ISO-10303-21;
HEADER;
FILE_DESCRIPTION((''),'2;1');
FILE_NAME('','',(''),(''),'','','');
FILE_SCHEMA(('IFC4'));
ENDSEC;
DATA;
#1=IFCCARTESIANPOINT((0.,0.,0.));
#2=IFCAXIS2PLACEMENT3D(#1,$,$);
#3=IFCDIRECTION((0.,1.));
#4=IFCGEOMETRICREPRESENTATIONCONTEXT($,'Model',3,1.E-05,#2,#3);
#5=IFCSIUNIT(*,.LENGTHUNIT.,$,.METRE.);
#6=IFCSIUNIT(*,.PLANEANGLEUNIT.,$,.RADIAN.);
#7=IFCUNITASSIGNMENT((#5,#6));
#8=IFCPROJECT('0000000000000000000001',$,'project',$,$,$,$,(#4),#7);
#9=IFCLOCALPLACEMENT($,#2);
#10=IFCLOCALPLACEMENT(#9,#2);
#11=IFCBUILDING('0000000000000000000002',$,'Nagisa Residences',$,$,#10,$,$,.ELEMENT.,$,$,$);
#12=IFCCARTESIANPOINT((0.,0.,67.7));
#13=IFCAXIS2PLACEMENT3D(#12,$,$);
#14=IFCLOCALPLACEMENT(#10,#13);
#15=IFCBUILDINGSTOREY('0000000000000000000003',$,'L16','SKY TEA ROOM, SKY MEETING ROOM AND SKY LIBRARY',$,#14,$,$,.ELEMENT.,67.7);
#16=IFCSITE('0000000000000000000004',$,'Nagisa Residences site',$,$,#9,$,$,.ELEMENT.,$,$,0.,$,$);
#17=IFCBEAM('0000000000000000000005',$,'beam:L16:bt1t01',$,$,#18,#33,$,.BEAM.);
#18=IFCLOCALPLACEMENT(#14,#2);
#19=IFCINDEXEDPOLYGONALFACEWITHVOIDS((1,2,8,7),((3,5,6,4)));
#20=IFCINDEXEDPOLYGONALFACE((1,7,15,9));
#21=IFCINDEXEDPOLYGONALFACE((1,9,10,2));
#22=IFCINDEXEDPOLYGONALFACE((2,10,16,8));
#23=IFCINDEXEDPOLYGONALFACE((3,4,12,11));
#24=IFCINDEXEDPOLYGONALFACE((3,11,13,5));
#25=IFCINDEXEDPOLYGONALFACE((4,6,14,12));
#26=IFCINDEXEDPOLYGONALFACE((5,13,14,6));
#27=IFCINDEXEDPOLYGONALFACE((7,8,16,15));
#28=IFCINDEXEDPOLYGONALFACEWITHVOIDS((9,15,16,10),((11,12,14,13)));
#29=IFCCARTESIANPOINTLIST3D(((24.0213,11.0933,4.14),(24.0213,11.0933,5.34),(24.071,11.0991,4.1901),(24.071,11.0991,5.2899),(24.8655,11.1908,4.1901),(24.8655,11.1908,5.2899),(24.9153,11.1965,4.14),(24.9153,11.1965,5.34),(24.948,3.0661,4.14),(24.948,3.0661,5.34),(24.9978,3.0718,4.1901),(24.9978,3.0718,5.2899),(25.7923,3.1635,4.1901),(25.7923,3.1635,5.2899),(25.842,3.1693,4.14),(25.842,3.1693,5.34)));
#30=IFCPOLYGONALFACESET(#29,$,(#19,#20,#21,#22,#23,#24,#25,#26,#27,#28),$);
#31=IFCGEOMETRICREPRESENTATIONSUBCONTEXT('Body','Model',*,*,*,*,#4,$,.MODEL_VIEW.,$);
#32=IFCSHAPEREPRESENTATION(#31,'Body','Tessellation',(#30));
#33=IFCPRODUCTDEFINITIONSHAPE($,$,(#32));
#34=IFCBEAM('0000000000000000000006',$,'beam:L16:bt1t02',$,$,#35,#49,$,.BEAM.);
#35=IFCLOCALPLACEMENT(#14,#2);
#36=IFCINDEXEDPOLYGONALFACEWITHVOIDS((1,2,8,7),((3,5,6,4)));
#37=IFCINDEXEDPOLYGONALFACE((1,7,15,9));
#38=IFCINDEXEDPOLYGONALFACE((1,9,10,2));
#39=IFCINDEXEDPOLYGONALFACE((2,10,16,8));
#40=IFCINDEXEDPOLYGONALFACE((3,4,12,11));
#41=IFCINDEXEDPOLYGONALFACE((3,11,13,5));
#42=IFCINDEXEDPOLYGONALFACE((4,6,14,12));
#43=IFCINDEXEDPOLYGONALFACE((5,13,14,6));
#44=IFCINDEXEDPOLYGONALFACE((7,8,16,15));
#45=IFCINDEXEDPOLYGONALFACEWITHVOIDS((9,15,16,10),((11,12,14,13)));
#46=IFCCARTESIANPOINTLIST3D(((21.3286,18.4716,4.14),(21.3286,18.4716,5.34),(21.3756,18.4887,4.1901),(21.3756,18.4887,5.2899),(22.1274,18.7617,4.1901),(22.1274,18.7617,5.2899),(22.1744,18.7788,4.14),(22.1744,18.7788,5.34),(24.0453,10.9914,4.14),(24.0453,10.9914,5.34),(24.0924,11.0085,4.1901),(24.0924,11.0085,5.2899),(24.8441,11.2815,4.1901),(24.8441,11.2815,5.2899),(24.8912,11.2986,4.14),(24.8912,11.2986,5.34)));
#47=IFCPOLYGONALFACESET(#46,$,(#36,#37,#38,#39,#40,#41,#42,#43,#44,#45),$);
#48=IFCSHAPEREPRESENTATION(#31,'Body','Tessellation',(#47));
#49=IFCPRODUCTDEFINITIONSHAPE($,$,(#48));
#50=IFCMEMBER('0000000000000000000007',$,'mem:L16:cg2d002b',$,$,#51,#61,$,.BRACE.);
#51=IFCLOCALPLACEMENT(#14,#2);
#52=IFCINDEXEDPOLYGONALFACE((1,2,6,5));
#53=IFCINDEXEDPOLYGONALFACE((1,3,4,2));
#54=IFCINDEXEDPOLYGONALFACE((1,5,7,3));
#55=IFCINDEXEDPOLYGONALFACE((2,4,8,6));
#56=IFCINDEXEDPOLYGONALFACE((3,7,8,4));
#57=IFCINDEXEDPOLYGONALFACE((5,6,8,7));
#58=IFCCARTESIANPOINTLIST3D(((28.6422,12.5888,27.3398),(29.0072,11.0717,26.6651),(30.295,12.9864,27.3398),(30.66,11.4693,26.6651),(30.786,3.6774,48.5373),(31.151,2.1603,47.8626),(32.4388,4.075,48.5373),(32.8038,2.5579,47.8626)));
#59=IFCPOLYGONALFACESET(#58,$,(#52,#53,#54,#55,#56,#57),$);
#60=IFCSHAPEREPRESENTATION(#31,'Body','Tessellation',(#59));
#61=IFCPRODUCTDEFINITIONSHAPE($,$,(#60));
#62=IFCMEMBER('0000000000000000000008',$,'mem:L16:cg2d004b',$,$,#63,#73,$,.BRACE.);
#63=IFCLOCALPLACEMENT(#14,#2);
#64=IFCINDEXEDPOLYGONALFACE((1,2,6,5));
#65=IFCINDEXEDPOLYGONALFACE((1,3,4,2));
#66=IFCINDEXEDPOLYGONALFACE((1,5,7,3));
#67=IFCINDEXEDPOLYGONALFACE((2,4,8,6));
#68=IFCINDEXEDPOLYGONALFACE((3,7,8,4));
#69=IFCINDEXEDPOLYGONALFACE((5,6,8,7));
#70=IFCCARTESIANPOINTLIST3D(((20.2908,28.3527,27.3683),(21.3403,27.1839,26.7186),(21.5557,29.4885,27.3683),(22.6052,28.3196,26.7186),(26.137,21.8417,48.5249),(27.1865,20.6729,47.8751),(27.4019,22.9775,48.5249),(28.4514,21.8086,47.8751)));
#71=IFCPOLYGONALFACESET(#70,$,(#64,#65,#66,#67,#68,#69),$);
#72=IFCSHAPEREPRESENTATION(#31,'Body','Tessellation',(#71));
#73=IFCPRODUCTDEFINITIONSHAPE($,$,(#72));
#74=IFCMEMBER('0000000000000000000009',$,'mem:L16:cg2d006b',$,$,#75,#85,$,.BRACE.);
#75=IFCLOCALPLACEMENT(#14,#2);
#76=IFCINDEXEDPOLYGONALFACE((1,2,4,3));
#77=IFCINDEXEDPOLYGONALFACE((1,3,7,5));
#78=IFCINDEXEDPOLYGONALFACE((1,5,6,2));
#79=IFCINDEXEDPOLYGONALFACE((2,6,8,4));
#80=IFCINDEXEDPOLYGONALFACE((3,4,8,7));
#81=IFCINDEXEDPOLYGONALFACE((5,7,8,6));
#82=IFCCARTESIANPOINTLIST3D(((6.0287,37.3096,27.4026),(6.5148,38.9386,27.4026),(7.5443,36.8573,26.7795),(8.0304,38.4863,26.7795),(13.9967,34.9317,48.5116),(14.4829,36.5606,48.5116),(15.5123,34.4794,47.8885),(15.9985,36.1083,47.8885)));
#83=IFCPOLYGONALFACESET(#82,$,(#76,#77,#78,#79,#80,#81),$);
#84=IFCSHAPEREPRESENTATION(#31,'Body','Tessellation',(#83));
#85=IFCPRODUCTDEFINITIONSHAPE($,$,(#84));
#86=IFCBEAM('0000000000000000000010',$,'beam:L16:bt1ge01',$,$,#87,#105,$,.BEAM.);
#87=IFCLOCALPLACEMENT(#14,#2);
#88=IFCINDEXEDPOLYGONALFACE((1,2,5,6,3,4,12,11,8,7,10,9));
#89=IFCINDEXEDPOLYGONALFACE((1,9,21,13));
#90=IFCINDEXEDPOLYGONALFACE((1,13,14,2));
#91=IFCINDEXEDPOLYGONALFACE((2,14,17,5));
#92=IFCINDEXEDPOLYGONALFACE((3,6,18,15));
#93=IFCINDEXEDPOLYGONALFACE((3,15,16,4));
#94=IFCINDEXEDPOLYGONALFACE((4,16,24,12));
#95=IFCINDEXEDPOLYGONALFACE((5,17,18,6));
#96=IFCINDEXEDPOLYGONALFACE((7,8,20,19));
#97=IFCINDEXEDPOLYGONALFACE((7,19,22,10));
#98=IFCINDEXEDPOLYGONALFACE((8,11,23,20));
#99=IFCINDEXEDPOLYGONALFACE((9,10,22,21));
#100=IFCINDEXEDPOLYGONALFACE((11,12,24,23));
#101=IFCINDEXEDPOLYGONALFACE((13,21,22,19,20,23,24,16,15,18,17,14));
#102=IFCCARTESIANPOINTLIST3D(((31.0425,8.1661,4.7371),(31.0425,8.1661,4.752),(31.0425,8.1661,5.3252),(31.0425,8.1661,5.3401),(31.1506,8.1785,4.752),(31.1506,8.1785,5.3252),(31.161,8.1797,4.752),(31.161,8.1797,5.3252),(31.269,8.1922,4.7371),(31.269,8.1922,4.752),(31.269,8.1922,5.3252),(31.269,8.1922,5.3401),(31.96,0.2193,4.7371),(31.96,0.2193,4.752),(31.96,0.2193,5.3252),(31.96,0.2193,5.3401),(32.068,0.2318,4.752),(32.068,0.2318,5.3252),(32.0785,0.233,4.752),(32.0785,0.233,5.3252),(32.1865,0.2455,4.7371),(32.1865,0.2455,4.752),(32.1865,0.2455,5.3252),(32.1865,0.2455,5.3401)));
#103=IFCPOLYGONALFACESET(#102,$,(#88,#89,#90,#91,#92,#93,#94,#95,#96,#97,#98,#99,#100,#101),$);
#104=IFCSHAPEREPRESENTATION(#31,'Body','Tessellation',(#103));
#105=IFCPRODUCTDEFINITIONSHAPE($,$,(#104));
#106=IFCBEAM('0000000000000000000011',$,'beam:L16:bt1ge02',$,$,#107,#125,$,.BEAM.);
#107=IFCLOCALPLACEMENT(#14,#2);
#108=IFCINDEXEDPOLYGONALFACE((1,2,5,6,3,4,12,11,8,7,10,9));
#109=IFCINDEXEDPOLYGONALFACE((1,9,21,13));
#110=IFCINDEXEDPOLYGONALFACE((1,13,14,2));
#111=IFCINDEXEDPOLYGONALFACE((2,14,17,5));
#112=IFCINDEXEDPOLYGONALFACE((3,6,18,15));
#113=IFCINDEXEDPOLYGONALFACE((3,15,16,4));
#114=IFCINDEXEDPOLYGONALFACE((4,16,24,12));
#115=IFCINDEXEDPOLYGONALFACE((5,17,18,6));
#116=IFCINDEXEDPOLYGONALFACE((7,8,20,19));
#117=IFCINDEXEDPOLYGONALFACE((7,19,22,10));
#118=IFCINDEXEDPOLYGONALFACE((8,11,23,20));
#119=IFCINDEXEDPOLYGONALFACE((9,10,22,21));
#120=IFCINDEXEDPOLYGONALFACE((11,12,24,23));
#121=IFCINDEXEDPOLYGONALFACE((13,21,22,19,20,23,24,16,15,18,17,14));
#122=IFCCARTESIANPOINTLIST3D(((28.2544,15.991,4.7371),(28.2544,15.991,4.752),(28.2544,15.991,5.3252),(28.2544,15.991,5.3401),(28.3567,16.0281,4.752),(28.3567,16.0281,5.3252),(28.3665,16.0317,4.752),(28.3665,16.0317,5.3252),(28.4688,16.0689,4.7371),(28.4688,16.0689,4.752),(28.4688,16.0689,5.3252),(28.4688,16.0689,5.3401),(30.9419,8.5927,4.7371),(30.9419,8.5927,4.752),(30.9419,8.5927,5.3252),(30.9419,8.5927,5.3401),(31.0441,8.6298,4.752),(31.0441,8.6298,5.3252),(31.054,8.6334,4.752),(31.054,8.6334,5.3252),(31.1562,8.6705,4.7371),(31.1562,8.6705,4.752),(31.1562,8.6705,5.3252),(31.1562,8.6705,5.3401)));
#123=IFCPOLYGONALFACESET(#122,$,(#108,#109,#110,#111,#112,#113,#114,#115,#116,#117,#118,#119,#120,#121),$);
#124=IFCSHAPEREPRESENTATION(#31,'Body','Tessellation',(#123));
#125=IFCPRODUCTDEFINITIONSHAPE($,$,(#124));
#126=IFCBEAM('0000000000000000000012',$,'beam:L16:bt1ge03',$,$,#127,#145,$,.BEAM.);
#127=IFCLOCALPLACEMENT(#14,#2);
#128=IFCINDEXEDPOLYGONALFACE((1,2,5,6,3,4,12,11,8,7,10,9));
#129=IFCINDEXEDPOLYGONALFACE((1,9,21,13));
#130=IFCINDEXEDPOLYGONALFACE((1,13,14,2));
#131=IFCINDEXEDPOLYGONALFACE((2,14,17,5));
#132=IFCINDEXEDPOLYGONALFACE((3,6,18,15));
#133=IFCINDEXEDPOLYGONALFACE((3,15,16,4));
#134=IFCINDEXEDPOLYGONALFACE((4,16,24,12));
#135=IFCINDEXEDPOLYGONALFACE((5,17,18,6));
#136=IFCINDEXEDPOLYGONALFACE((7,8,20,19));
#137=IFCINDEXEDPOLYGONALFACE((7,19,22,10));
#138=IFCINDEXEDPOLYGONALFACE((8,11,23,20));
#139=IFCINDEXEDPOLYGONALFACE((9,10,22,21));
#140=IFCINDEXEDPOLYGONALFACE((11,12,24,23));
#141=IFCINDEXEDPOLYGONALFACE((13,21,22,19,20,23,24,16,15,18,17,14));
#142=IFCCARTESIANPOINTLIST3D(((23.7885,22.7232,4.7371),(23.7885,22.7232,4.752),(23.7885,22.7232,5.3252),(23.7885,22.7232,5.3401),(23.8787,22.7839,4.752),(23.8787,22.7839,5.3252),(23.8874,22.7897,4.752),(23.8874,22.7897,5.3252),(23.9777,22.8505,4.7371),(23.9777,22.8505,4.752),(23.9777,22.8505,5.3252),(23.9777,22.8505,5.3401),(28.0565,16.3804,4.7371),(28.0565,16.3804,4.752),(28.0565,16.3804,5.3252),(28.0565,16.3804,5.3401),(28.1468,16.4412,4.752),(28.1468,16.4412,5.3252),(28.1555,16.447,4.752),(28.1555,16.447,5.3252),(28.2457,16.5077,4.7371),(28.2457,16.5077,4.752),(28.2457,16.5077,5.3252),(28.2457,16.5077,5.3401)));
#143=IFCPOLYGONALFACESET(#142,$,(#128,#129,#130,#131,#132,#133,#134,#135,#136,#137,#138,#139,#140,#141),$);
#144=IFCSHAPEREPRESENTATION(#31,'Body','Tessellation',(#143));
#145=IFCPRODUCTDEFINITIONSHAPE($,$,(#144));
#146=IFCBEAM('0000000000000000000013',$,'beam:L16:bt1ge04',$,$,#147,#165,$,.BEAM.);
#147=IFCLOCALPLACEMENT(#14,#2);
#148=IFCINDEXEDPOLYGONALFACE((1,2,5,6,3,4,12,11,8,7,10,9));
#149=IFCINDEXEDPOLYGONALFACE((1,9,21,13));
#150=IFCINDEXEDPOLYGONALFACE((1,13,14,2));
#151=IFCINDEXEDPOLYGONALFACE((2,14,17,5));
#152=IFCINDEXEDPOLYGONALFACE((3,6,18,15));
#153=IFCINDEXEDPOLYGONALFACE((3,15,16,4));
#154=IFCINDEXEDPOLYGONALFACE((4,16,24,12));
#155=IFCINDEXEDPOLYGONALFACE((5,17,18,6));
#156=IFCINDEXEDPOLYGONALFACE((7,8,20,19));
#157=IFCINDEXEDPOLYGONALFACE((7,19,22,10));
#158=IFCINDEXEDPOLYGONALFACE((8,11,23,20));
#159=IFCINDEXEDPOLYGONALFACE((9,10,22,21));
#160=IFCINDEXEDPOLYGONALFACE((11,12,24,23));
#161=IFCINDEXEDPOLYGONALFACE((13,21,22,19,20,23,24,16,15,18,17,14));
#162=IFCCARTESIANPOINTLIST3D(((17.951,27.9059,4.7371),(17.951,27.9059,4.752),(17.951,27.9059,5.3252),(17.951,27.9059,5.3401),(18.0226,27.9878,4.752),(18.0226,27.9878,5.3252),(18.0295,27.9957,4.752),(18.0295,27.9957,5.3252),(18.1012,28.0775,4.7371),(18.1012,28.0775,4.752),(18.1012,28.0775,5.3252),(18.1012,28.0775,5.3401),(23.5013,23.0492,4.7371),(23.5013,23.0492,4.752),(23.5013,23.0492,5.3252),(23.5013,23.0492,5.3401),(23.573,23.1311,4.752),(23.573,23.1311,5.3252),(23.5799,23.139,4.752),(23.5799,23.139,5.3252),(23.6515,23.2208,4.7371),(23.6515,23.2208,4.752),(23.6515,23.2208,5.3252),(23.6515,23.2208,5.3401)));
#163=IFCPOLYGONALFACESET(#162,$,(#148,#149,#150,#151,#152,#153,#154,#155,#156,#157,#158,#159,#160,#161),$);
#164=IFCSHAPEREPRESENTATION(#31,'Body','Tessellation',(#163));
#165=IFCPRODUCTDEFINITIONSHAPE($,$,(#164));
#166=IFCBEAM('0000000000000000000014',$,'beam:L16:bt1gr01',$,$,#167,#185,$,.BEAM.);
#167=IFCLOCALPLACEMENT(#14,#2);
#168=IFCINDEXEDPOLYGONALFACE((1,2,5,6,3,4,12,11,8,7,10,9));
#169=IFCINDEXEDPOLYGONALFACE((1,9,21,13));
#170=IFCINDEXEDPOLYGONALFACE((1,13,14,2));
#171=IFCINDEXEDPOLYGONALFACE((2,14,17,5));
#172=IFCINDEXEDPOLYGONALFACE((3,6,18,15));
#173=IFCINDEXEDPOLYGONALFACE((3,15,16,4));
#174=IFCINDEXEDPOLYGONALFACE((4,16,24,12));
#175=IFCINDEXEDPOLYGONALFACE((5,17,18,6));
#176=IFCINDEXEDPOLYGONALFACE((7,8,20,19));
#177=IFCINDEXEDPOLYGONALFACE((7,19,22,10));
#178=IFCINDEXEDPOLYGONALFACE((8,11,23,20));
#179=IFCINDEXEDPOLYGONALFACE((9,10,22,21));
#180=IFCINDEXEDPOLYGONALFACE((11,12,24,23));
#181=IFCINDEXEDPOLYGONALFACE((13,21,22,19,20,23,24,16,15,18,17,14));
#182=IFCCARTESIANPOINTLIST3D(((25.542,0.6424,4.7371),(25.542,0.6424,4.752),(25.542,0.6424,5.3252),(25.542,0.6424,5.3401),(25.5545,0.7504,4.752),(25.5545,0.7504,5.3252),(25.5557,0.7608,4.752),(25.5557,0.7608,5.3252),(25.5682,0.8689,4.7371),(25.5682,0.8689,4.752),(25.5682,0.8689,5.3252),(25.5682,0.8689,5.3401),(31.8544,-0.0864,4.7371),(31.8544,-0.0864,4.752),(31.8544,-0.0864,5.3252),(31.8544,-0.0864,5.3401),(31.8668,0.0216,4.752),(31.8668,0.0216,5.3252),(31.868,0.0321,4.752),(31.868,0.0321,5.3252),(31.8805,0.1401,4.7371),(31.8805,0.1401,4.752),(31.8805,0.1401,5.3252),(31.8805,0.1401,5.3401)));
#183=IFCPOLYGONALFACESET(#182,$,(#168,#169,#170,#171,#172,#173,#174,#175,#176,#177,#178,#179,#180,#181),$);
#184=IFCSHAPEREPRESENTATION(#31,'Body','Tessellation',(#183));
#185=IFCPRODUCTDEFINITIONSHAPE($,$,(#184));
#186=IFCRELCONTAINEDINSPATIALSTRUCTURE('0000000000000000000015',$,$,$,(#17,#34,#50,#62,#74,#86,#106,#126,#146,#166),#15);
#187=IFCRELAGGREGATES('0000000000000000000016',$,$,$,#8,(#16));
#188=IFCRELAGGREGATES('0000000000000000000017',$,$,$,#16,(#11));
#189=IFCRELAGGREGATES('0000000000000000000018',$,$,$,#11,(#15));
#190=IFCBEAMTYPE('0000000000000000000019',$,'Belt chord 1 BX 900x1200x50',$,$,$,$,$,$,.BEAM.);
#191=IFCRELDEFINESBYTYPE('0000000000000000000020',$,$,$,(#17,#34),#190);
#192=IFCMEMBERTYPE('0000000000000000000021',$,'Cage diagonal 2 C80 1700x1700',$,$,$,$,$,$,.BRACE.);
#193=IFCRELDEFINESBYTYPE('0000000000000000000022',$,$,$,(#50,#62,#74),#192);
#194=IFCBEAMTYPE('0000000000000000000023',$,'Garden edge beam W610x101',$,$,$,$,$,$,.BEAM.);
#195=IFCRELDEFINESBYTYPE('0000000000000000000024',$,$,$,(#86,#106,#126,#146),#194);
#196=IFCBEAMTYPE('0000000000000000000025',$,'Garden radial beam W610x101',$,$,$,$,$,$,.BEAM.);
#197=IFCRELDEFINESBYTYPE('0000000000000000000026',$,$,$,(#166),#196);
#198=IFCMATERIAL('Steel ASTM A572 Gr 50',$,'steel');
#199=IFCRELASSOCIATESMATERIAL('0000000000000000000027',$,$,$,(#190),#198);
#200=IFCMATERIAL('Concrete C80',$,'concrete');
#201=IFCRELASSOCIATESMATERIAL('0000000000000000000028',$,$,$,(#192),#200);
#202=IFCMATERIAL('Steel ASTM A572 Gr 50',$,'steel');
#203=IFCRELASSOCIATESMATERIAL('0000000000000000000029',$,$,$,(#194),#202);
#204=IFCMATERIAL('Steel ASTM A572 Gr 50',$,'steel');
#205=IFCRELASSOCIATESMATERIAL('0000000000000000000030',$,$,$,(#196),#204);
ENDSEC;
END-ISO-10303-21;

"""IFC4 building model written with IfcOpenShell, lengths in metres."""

from ifc_helpers import new_model, si_unit, direction, frame, origin, origin_2d, place, context, subcontext, project, spatial, rectangle, hollow_rectangle, i_section, extrude, material, material_profile, profile_set, type_object, element, save


model = new_model("IFC4")

# Units and contexts
model_context = context("Model", 3, precision=1e-05, world=origin(), true_north=direction((0.0, 1.0)))
body_context = subcontext(model_context, "Body", "Model", "MODEL_VIEW")
ifc_project = project(units=[si_unit("LENGTHUNIT", "METRE"), si_unit("PLANEANGLEUNIT", "RADIAN")], contexts=[model_context])

# Site, building, storey
site_placement = place(None, origin())
site = spatial("IfcSite", under=ifc_project, at=site_placement, Name="Nagisa Residences site", CompositionType="ELEMENT", RefElevation=0.0)
building_placement = place(site_placement, origin())
building = spatial("IfcBuilding", under=site, at=building_placement, Name="Nagisa Residences", CompositionType="ELEMENT")
storey_placement = place(building_placement, frame((0.0, 0.0, 67.7)))
storey = spatial("IfcBuildingStorey", under=building, at=storey_placement, Name="L16", Description="SKY TEA ROOM, SKY MEETING ROOM AND SKY LIBRARY", CompositionType="ELEMENT", Elevation=67.7)

# Beams
ifc_material_1 = material(Name="Steel ASTM A572 Gr 50", Category="steel")
ifc_material_profile_1 = material_profile(ifc_material_1, hollow_rectangle(XDim=0.8999, YDim=1.2, WallThickness=0.05, at=origin_2d()), Name="BX 900x1200x50")
ifc_profile_set_1 = profile_set([ifc_material_profile_1], Name="Steel ASTM A572 Gr 50")
beam_type_1 = type_object("IfcBeamType", Name="Belt chord 1 BX 900x1200x50", PredefinedType="BEAM", material=ifc_profile_set_1)
beam_1_placement = place(storey_placement, frame((25.395, 3.1177, 4.74), z_axis=(-0.114688, 0.993402, 0.0), x_axis=(-0.993402, -0.114688, 0.0)))
element("IfcBeam", 1, at=beam_1_placement, inside=storey, type_object=beam_type_1, Name="beam:L16:bt1t01", PredefinedType="BEAM", context=body_context, shape_type="SweptSolid", body=[
    extrude(hollow_rectangle(XDim=0.8999, YDim=1.2, WallThickness=0.05, at=origin_2d()), origin(), (0.0, 0.0, 1.0), 8.0806),
])
beam_2_placement = place(storey_placement, frame((24.4683, 11.145, 4.74), z_axis=(-0.341378, 0.939926, 0.0), x_axis=(-0.939926, -0.341378, 0.0)))
element("IfcBeam", 2, at=beam_2_placement, inside=storey, type_object=beam_type_1, Name="beam:L16:bt1t02", PredefinedType="BEAM", context=body_context, shape_type="SweptSolid", body=[
    extrude(hollow_rectangle(XDim=0.8999, YDim=1.2, WallThickness=0.05, at=origin_2d()), origin(), (0.0, 0.0, 1.0), 7.9583),
])

# Members
ifc_material_2 = material(Name="Concrete C80", Category="concrete")
ifc_material_profile_2 = material_profile(ifc_material_2, rectangle(XDim=1.7, YDim=1.7, at=origin_2d()), Name="C80 1700x1700")
ifc_profile_set_2 = profile_set([ifc_material_profile_2], Name="Concrete C80")
member_type = type_object("IfcMemberType", Name="Cage diagonal 2 C80 1700x1700", PredefinedType="BRACE", material=ifc_profile_set_2)
member_1_placement = place(storey_placement, frame((29.6511, 12.0291, 27.0024), z_axis=(0.092828, -0.38587, 0.917871), x_axis=(0.972262, 0.233896, 0.0)))
element("IfcMember", 3, at=member_1_placement, inside=storey, type_object=member_type, Name="mem:L16:cg2d002b", PredefinedType="BRACE", context=body_context, shape_type="SweptSolid", body=[
    extrude(rectangle(XDim=1.7, YDim=1.7, at=origin_2d()), origin(), (0.0, 0.0, 1.0), 23.0942),
])
member_2_placement = place(storey_placement, frame((21.448, 28.3362, 27.0435), z_axis=(0.255351, -0.284388, 0.924077), x_axis=(0.744072, 0.6681, 0.0)))
element("IfcMember", 4, at=member_2_placement, inside=storey, type_object=member_type, Name="mem:L16:cg2d004b", PredefinedType="BRACE", context=body_context, shape_type="SweptSolid", body=[
    extrude(rectangle(XDim=1.7, YDim=1.7, at=origin_2d()), origin(), (0.0, 0.0, 1.0), 22.8948),
])
member_3_placement = place(storey_placement, frame((7.0295, 37.8979, 27.0911), z_axis=(0.351205, -0.104812, 0.930414), x_axis=(0.285971, 0.958238, 0.0)))
element("IfcMember", 5, at=member_3_placement, inside=storey, type_object=member_type, Name="mem:L16:cg2d006b", PredefinedType="BRACE", context=body_context, shape_type="SweptSolid", body=[
    extrude(rectangle(XDim=1.7, YDim=1.7, at=origin_2d()), origin(), (0.0, 0.0, 1.0), 22.6877),
])

# Beams
ifc_material_3 = material(Name="Steel ASTM A572 Gr 50", Category="steel")
ifc_material_profile_3 = material_profile(ifc_material_3, i_section(OverallWidth=0.228, OverallDepth=0.603, WebThickness=0.0105, FlangeThickness=0.0149, at=origin_2d()), Name="W610x101")
ifc_profile_set_3 = profile_set([ifc_material_profile_3], Name="Steel ASTM A572 Gr 50")
beam_type_2 = type_object("IfcBeamType", Name="Garden edge beam W610x101", PredefinedType="BEAM", material=ifc_profile_set_3)
beam_3_placement = place(storey_placement, frame((32.0732, 0.2324, 5.0386), z_axis=(-0.114691, 0.993401, 0.0), x_axis=(-0.993401, -0.114691, 0.0)))
element("IfcBeam", 6, at=beam_3_placement, inside=storey, type_object=beam_type_2, Name="beam:L16:bt1ge01", PredefinedType="BEAM", context=body_context, shape_type="SweptSolid", body=[
    extrude(i_section(OverallWidth=0.228, OverallDepth=0.603, WebThickness=0.0105, FlangeThickness=0.0149, at=origin_2d()), origin(), (0.0, 0.0, 1.0), 7.9995),
])
beam_4_placement = place(storey_placement, frame((31.0491, 8.6316, 5.0386), z_axis=(-0.341424, 0.939909, 0.0), x_axis=(-0.939909, -0.341424, 0.0)))
element("IfcBeam", 7, at=beam_4_placement, inside=storey, type_object=beam_type_2, Name="beam:L16:bt1ge02", PredefinedType="BEAM", context=body_context, shape_type="SweptSolid", body=[
    extrude(i_section(OverallWidth=0.228, OverallDepth=0.603, WebThickness=0.0105, FlangeThickness=0.0149, at=origin_2d()), origin(), (0.0, 0.0, 1.0), 7.8713),
])
beam_5_placement = place(storey_placement, frame((28.1511, 16.4441, 5.0386), z_axis=(-0.558277, 0.829655, 0.0), x_axis=(-0.829655, -0.558277, 0.0)))
element("IfcBeam", 8, at=beam_5_placement, inside=storey, type_object=beam_type_2, Name="beam:L16:bt1ge03", PredefinedType="BEAM", context=body_context, shape_type="SweptSolid", body=[
    extrude(i_section(OverallWidth=0.228, OverallDepth=0.603, WebThickness=0.0105, FlangeThickness=0.0149, at=origin_2d()), origin(), (0.0, 0.0, 1.0), 7.645),
])
beam_6_placement = place(storey_placement, frame((23.5764, 23.135, 5.0386), z_axis=(-0.752564, 0.658519, 0.0), x_axis=(-0.658519, -0.752564, 0.0)))
element("IfcBeam", 9, at=beam_6_placement, inside=storey, type_object=beam_type_2, Name="beam:L16:bt1ge04", PredefinedType="BEAM", context=body_context, shape_type="SweptSolid", body=[
    extrude(i_section(OverallWidth=0.228, OverallDepth=0.603, WebThickness=0.0105, FlangeThickness=0.0149, at=origin_2d()), origin(), (0.0, 0.0, 1.0), 7.3752),
])
ifc_material_4 = material(Name="Steel ASTM A572 Gr 50", Category="steel")
ifc_material_profile_4 = material_profile(ifc_material_4, i_section(OverallWidth=0.228, OverallDepth=0.603, WebThickness=0.0105, FlangeThickness=0.0149, at=origin_2d()), Name="W610x101")
ifc_profile_set_4 = profile_set([ifc_material_profile_4], Name="Steel ASTM A572 Gr 50")
beam_type_3 = type_object("IfcBeamType", Name="Garden radial beam W610x101", PredefinedType="BEAM", material=ifc_profile_set_4)
beam_7_placement = place(storey_placement, frame((31.8674, 0.0269, 5.0386), z_axis=(-0.993401, 0.11469, 0.0), x_axis=(-0.11469, -0.993401, 0.0)))
element("IfcBeam", 10, at=beam_7_placement, inside=storey, type_object=beam_type_3, Name="beam:L16:bt1gr01", PredefinedType="BEAM", context=body_context, shape_type="SweptSolid", body=[
    extrude(i_section(OverallWidth=0.228, OverallDepth=0.603, WebThickness=0.0105, FlangeThickness=0.0149, at=origin_2d()), origin(), (0.0, 0.0, 1.0), 6.3542),
])

save(model, "model.ifc")
